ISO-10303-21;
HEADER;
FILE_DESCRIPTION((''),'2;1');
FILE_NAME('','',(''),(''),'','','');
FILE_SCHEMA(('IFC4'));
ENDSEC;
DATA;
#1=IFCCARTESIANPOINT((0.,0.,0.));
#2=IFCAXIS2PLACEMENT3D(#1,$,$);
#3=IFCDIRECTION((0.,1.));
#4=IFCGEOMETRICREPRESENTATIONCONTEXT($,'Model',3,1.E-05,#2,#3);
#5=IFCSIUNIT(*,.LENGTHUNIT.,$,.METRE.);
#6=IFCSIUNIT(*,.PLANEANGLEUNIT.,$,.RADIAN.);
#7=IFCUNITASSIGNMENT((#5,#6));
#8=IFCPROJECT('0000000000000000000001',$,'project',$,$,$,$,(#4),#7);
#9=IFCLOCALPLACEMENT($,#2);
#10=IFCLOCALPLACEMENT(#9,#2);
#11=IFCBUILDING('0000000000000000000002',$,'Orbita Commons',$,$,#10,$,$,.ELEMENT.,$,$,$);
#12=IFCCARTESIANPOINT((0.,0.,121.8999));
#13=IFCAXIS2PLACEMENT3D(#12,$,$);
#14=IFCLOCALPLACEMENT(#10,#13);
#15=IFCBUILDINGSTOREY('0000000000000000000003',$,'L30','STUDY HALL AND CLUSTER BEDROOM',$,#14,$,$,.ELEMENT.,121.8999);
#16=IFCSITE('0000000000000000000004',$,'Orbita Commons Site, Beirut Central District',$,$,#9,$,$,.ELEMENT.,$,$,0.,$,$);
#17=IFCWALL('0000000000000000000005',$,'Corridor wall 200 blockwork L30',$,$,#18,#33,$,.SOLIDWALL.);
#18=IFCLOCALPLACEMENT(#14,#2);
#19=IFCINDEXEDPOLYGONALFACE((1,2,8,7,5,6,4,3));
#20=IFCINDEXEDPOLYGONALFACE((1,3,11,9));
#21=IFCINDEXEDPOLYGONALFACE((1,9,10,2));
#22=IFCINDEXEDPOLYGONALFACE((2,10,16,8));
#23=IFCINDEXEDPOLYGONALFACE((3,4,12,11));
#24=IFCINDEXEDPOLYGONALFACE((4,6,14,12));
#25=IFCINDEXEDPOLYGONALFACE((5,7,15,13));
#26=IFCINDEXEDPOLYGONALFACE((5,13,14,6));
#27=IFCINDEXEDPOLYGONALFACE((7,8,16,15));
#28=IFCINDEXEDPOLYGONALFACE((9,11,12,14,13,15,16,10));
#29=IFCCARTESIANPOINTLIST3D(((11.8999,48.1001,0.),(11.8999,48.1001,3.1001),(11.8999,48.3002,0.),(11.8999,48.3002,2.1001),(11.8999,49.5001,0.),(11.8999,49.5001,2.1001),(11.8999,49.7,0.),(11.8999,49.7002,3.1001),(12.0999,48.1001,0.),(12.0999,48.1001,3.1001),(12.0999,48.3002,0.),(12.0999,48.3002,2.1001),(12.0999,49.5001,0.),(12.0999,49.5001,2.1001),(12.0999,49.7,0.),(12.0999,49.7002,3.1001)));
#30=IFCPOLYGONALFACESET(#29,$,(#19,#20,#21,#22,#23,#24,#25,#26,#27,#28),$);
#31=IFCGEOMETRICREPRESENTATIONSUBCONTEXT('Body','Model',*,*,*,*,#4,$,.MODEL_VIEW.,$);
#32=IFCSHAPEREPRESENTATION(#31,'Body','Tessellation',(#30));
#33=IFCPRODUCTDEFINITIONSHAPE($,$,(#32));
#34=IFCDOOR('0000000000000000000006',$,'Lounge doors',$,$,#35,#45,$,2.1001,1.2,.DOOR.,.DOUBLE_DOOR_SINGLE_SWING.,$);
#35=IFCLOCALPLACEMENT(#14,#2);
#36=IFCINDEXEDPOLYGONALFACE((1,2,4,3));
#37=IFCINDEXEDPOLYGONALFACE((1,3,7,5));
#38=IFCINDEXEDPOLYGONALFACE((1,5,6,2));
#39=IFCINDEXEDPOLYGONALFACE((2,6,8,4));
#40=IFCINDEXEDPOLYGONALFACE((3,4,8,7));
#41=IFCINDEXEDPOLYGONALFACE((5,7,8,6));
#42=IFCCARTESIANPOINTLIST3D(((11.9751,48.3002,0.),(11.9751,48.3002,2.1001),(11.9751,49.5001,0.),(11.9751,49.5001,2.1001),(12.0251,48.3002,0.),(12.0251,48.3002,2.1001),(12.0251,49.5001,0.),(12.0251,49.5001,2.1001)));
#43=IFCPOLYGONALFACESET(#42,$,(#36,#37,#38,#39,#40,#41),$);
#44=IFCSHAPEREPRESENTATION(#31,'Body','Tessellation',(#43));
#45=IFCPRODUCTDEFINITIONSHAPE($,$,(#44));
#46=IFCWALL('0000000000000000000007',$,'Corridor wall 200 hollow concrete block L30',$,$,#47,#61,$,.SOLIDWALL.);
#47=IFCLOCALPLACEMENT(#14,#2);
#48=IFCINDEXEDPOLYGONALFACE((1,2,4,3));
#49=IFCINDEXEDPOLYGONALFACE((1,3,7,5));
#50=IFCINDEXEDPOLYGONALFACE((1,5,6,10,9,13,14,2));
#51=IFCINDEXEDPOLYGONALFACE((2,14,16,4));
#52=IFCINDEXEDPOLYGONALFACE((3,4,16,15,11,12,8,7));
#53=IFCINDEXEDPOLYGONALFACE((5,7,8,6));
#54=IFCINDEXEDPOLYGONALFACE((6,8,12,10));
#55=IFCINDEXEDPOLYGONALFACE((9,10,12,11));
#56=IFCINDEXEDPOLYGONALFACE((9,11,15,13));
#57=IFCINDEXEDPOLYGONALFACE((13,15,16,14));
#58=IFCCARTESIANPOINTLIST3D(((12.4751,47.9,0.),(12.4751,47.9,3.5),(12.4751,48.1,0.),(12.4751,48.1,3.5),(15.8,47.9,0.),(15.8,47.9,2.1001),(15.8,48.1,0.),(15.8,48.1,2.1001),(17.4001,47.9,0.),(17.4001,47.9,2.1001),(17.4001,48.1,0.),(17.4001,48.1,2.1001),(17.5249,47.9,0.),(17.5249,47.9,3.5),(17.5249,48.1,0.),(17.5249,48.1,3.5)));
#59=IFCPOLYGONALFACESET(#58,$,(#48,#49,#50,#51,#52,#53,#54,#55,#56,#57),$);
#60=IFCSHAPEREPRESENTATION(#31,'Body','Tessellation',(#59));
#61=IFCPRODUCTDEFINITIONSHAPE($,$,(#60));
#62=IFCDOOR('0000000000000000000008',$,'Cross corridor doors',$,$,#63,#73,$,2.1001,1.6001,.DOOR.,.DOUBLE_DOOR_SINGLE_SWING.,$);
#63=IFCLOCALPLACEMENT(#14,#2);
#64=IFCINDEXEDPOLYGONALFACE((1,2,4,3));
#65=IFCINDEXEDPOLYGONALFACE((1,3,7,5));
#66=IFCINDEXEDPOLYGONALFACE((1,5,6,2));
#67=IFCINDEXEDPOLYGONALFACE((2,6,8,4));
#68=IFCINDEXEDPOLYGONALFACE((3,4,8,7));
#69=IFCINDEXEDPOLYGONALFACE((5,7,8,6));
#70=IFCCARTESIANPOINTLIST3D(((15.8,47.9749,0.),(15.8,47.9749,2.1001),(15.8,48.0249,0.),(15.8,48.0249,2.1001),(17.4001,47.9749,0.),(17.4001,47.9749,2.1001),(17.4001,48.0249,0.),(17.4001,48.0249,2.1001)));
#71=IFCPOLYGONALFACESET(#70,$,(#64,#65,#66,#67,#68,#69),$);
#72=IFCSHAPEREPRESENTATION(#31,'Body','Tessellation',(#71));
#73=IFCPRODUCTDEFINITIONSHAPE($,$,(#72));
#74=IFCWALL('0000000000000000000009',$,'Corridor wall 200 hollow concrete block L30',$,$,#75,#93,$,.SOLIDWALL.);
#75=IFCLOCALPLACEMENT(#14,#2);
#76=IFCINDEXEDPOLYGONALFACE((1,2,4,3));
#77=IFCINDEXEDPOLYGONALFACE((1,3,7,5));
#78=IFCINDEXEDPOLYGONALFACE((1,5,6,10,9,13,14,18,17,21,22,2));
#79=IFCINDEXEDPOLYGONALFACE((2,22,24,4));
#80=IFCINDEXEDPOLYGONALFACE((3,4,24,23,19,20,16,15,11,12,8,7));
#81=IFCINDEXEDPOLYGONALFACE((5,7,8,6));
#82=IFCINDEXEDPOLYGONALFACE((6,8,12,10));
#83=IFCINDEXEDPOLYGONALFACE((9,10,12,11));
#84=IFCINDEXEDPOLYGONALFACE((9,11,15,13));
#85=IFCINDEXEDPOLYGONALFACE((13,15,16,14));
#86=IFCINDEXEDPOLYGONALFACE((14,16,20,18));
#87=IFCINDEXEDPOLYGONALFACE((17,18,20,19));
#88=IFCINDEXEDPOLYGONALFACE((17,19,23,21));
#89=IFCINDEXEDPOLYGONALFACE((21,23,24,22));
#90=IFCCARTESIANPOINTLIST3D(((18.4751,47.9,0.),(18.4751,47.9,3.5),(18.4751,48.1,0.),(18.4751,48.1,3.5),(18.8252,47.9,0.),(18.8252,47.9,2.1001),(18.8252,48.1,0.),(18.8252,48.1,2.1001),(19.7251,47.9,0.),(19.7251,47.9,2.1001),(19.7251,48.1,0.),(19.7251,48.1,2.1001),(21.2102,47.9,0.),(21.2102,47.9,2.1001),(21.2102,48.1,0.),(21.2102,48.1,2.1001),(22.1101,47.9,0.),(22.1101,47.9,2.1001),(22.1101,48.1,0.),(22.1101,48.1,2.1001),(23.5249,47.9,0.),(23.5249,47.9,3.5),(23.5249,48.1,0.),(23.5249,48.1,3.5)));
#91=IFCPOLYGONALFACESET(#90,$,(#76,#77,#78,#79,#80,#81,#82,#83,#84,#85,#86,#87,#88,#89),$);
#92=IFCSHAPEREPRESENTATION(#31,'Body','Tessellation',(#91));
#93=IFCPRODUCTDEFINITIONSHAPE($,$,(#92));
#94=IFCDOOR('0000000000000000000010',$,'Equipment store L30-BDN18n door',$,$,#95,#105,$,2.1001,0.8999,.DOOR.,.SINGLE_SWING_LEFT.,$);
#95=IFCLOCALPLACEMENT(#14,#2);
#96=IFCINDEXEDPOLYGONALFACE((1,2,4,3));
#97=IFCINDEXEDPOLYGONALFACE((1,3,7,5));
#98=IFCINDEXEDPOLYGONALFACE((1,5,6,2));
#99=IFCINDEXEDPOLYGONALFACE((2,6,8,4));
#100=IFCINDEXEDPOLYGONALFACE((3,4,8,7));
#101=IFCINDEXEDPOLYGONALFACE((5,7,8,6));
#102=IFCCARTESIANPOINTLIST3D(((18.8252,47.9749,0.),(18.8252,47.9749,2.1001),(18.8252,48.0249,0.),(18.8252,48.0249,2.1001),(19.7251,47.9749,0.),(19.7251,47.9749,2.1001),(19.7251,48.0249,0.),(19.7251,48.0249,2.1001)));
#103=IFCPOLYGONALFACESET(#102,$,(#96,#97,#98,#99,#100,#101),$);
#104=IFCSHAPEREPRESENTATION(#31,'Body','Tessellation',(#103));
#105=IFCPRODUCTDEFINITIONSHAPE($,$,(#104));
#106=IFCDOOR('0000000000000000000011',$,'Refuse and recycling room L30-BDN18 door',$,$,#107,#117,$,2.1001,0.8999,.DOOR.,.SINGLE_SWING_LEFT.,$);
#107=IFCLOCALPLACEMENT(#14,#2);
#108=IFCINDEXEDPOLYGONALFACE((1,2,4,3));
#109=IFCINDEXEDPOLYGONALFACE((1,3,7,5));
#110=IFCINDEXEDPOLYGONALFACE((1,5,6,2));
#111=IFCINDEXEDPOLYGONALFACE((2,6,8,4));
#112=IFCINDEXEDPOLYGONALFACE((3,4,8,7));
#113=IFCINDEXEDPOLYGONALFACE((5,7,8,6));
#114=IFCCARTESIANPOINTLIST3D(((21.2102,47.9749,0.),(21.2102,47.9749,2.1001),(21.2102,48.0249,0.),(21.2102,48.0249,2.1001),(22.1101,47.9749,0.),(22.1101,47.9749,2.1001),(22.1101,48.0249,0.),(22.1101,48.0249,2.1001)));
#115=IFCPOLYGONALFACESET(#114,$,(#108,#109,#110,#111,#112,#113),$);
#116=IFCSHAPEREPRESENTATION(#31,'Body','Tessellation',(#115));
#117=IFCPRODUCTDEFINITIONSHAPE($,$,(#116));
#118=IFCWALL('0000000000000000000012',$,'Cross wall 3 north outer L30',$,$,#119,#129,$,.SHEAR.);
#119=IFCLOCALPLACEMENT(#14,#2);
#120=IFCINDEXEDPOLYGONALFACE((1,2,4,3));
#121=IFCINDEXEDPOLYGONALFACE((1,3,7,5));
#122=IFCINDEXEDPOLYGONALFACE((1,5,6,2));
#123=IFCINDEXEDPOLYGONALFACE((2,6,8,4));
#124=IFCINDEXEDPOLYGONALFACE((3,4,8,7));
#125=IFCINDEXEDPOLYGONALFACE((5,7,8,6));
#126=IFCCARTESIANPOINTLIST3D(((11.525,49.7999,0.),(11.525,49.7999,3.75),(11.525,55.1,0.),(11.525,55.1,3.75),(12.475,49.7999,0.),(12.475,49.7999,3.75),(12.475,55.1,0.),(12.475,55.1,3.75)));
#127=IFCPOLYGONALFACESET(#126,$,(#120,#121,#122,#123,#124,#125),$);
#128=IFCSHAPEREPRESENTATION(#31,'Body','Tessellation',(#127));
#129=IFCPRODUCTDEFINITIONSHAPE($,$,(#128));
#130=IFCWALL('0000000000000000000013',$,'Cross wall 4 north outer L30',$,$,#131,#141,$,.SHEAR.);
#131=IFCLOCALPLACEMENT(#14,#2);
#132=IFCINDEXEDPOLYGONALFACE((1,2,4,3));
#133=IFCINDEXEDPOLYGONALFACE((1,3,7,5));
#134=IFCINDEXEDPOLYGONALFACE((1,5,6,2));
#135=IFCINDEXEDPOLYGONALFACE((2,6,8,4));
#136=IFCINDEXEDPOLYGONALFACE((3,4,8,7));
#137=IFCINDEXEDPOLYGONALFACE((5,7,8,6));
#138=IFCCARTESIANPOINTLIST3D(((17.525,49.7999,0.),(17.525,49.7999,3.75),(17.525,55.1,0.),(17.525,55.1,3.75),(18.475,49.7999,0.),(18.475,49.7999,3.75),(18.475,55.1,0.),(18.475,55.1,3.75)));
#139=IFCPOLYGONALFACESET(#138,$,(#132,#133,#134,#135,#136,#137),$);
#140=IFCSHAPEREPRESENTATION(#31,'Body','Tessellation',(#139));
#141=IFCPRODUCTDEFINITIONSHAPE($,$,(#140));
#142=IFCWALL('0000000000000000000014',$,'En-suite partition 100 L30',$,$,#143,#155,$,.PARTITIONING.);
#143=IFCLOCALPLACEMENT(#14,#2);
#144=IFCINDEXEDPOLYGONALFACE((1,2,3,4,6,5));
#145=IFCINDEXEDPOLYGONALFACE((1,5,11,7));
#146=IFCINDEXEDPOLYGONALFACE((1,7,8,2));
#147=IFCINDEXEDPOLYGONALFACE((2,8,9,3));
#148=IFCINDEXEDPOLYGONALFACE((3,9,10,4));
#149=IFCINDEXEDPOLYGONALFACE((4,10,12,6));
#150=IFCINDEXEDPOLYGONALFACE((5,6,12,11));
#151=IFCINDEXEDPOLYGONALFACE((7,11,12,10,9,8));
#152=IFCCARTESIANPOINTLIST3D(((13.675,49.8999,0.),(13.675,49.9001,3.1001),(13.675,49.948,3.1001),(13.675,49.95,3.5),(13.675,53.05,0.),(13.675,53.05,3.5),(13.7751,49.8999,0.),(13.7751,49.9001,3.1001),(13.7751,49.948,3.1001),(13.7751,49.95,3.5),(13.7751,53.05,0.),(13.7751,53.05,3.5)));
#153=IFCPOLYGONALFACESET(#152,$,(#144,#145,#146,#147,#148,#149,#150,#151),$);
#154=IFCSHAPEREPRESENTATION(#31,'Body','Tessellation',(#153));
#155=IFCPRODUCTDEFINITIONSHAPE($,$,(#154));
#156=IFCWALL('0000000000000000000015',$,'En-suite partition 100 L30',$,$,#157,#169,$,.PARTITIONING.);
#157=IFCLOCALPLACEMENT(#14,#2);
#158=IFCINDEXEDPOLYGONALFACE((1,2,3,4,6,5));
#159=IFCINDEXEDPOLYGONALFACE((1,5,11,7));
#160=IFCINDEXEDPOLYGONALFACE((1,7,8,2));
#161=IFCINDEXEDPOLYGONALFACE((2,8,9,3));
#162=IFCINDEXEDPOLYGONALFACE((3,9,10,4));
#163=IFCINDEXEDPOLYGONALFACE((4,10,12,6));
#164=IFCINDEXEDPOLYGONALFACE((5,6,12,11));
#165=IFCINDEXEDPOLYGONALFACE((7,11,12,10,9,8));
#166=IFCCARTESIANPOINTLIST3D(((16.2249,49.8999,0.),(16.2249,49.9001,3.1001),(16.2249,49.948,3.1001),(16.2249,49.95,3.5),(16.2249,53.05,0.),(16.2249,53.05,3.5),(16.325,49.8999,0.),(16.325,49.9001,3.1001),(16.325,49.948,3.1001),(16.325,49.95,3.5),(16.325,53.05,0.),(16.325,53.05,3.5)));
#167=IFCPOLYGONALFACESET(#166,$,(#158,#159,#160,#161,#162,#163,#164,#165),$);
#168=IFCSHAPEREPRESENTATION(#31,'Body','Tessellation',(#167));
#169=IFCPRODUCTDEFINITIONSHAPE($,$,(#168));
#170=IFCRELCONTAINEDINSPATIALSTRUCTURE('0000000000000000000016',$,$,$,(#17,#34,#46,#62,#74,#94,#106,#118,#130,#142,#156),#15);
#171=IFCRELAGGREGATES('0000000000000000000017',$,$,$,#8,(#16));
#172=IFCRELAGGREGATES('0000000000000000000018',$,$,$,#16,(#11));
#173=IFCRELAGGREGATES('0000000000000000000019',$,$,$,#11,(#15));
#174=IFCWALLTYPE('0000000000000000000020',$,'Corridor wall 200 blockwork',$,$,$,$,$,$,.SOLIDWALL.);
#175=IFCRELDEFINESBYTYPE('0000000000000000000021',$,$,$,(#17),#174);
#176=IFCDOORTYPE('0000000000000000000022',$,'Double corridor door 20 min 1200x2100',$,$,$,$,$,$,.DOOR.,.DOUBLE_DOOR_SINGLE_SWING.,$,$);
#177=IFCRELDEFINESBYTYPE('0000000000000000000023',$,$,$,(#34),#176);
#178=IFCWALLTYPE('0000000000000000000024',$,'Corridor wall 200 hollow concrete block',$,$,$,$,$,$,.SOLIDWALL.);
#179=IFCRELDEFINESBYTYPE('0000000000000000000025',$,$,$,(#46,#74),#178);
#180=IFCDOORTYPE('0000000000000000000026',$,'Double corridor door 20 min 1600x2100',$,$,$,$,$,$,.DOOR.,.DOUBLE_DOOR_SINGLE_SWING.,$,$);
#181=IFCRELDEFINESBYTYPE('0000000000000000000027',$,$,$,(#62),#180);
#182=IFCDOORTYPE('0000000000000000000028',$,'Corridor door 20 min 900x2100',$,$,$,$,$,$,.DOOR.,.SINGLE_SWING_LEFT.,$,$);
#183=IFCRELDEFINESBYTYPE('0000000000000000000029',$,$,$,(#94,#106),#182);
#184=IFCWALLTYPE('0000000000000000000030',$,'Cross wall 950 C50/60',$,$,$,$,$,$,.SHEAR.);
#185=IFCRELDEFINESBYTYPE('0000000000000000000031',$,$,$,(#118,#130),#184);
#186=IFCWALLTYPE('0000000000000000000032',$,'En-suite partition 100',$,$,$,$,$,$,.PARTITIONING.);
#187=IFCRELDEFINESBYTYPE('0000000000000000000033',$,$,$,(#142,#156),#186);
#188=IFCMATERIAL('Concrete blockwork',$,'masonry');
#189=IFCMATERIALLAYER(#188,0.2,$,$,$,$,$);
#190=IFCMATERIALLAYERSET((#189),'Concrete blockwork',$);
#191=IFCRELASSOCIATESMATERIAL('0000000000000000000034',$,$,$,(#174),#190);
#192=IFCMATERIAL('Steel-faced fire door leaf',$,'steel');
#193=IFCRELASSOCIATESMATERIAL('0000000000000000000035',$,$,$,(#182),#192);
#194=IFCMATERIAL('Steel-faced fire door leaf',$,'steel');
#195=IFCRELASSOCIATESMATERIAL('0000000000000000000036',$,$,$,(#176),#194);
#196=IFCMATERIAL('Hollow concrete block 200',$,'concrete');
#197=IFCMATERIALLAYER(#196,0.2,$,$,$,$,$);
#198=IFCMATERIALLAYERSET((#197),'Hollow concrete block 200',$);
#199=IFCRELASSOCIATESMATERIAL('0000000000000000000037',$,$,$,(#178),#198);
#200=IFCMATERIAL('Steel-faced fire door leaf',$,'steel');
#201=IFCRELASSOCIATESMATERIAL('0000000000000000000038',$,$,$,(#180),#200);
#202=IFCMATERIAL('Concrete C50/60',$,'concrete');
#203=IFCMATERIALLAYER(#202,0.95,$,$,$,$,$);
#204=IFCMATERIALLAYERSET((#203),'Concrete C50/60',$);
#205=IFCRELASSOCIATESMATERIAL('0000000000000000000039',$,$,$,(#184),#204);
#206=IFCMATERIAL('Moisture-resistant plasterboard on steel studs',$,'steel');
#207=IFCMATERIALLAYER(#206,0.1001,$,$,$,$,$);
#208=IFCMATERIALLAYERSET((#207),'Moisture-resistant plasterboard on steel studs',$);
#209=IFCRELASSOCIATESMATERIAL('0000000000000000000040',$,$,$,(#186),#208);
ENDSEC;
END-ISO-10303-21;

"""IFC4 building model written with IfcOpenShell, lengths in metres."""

from ifc_helpers import new_model, si_unit, direction, frame, frame_2d, origin, place, context, subcontext, project, spatial, polyline, rectangle, outline, extrude, material, layer, layer_set, type_object, element, fill, save


model = new_model("IFC4")

# Units and contexts
model_context = context("Model", 3, precision=1e-05, world=origin(), true_north=direction((0.0, 1.0)))
body_context = subcontext(model_context, "Body", "Model", "MODEL_VIEW")
ifc_project = project(units=[si_unit("LENGTHUNIT", "METRE"), si_unit("PLANEANGLEUNIT", "RADIAN")], contexts=[model_context])

# Site, building, storey
site_placement = place(None, origin())
site = spatial("IfcSite", under=ifc_project, at=site_placement, Name="Orbita Commons Site, Beirut Central District", CompositionType="ELEMENT", RefElevation=0.0)
building_placement = place(site_placement, origin())
building = spatial("IfcBuilding", under=site, at=building_placement, Name="Orbita Commons", CompositionType="ELEMENT")
storey_placement = place(building_placement, frame((0.0, 0.0, 121.8999)))
storey = spatial("IfcBuildingStorey", under=building, at=storey_placement, Name="L30", Description="STUDY HALL AND CLUSTER BEDROOM", CompositionType="ELEMENT", Elevation=121.8999)

# Shared definitions
ifc_material_1 = material(Name="Concrete blockwork", Category="masonry")
ifc_layer_1 = layer(ifc_material_1, 0.2)
ifc_layer_set_1 = layer_set([ifc_layer_1], Name="Concrete blockwork")
wall_type_1 = type_object("IfcWallType", Name="Corridor wall 200 blockwork", PredefinedType="SOLIDWALL", material=ifc_layer_set_1)
ifc_material_2 = material(Name="Steel-faced fire door leaf", Category="steel")
door_type_1 = type_object("IfcDoorType", Name="Corridor door 20 min 900x2100", OperationType="SINGLE_SWING_LEFT", PredefinedType="DOOR", material=ifc_material_2)

# Walls, openings, doors
wall_1_placement = place(storey_placement, frame((12.0, 48.1001, 0.0), z_axis=(0.0, 0.0, 1.0), x_axis=(0.0, 1.0, 0.0)))
wall_1 = element("IfcWall", 1, at=wall_1_placement, inside=storey, type_object=wall_type_1, Name="Corridor wall 200 blockwork L30", PredefinedType="SOLIDWALL", context=body_context, shape_type="SweptSolid", body=[
    extrude(outline(polyline([(0.0, 0.0), (1.5999, 0.0), (1.6001, 3.1001), (0.0, 3.1001), (0.0, 0.0)])), frame((0.0, 0.1001, 0.0), z_axis=(0.0, -1.0, 0.0), x_axis=(1.0, 0.0, 0.0)), (0.0, 0.0, 1.0), 0.2),
])
opening_1_placement = place(wall_1_placement, frame((0.2, 0.0, 0.0)))
opening_1 = element("IfcOpeningElement", 2, at=opening_1_placement, cuts=wall_1, PredefinedType="OPENING", context=body_context, shape_type="SweptSolid", body=[
    extrude(rectangle(XDim=1.2, YDim=2.1001, at=frame_2d((0.6001, 1.05))), frame((0.0, 0.1099, 0.0), z_axis=(0.0, -1.0, 0.0), x_axis=(1.0, 0.0, 0.0)), (0.0, 0.0, 1.0), 0.22),
])
ifc_material_3 = material(Name="Steel-faced fire door leaf", Category="steel")
door_type_2 = type_object("IfcDoorType", Name="Double corridor door 20 min 1200x2100", OperationType="DOUBLE_DOOR_SINGLE_SWING", PredefinedType="DOOR", material=ifc_material_3)
door_1_placement = place(opening_1_placement, origin())
door_1 = element("IfcDoor", 3, at=door_1_placement, inside=storey, type_object=door_type_2, Name="Lounge doors", OperationType="DOUBLE_DOOR_SINGLE_SWING", OverallHeight=2.1001, OverallWidth=1.2, PredefinedType="DOOR", context=body_context, shape_type="SweptSolid", body=[
    extrude(rectangle(XDim=1.2, YDim=2.1001, at=frame_2d((0.6001, 1.05))), frame((0.0, 0.0249, 0.0), z_axis=(0.0, -1.0, 0.0), x_axis=(1.0, 0.0, 0.0)), (0.0, 0.0, 1.0), 0.05),
])
fill(opening_1, door_1)
ifc_material_4 = material(Name="Hollow concrete block 200", Category="concrete")
ifc_layer_2 = layer(ifc_material_4, 0.2)
ifc_layer_set_2 = layer_set([ifc_layer_2], Name="Hollow concrete block 200")
wall_type_2 = type_object("IfcWallType", Name="Corridor wall 200 hollow concrete block", PredefinedType="SOLIDWALL", material=ifc_layer_set_2)
wall_2_placement = place(storey_placement, frame((12.4751, 48.0, 0.0), z_axis=(0.0, 0.0, 1.0), x_axis=(1.0, 0.0, 0.0)))
wall_2 = element("IfcWall", 4, at=wall_2_placement, inside=storey, type_object=wall_type_2, Name="Corridor wall 200 hollow concrete block L30", PredefinedType="SOLIDWALL", context=body_context, shape_type="SweptSolid", body=[
    extrude(rectangle(XDim=5.0498, YDim=0.2, at=frame_2d((2.5249, 0.0))), origin(), (0.0, 0.0, 1.0), 3.5),
])
opening_2_placement = place(wall_2_placement, frame((3.325, 0.0, 0.0)))
opening_2 = element("IfcOpeningElement", 5, at=opening_2_placement, cuts=wall_2, PredefinedType="OPENING", context=body_context, shape_type="SweptSolid", body=[
    extrude(rectangle(XDim=1.6001, YDim=2.1001, at=frame_2d((0.8, 1.05))), frame((0.0, 0.1099, 0.0), z_axis=(0.0, -1.0, 0.0), x_axis=(1.0, 0.0, 0.0)), (0.0, 0.0, 1.0), 0.22),
])
ifc_material_5 = material(Name="Steel-faced fire door leaf", Category="steel")
door_type_3 = type_object("IfcDoorType", Name="Double corridor door 20 min 1600x2100", OperationType="DOUBLE_DOOR_SINGLE_SWING", PredefinedType="DOOR", material=ifc_material_5)
door_2_placement = place(opening_2_placement, origin())
door_2 = element("IfcDoor", 6, at=door_2_placement, inside=storey, type_object=door_type_3, Name="Cross corridor doors", OperationType="DOUBLE_DOOR_SINGLE_SWING", OverallHeight=2.1001, OverallWidth=1.6001, PredefinedType="DOOR", context=body_context, shape_type="SweptSolid", body=[
    extrude(rectangle(XDim=1.6001, YDim=2.1001, at=frame_2d((0.8, 1.05))), frame((0.0, 0.0249, 0.0), z_axis=(0.0, -1.0, 0.0), x_axis=(1.0, 0.0, 0.0)), (0.0, 0.0, 1.0), 0.05),
])
fill(opening_2, door_2)

# Wall, openings, doors
wall_3_placement = place(storey_placement, frame((18.4751, 48.0, 0.0), z_axis=(0.0, 0.0, 1.0), x_axis=(1.0, 0.0, 0.0)))
wall_3 = element("IfcWall", 7, at=wall_3_placement, inside=storey, type_object=wall_type_2, Name="Corridor wall 200 hollow concrete block L30", PredefinedType="SOLIDWALL", context=body_context, shape_type="SweptSolid", body=[
    extrude(rectangle(XDim=5.0498, YDim=0.2, at=frame_2d((2.5249, 0.0))), origin(), (0.0, 0.0, 1.0), 3.5),
])
opening_3_placement = place(wall_3_placement, frame((0.3501, 0.0, 0.0)))
opening_3 = element("IfcOpeningElement", 8, at=opening_3_placement, cuts=wall_3, PredefinedType="OPENING", context=body_context, shape_type="SweptSolid", body=[
    extrude(rectangle(XDim=0.8999, YDim=2.1001, at=frame_2d((0.45, 1.05))), frame((0.0, 0.1099, 0.0), z_axis=(0.0, -1.0, 0.0), x_axis=(1.0, 0.0, 0.0)), (0.0, 0.0, 1.0), 0.22),
])
opening_4_placement = place(wall_3_placement, frame((2.7351, 0.0, 0.0)))
opening_4 = element("IfcOpeningElement", 9, at=opening_4_placement, cuts=wall_3, PredefinedType="OPENING", context=body_context, shape_type="SweptSolid", body=[
    extrude(rectangle(XDim=0.8999, YDim=2.1001, at=frame_2d((0.45, 1.05))), frame((0.0, 0.1099, 0.0), z_axis=(0.0, -1.0, 0.0), x_axis=(1.0, 0.0, 0.0)), (0.0, 0.0, 1.0), 0.22),
])
door_3_placement = place(opening_3_placement, origin())
door_3 = element("IfcDoor", 10, at=door_3_placement, inside=storey, type_object=door_type_1, Name="Equipment store L30-BDN18n door", OperationType="SINGLE_SWING_LEFT", OverallHeight=2.1001, OverallWidth=0.8999, PredefinedType="DOOR", context=body_context, shape_type="SweptSolid", body=[
    extrude(rectangle(XDim=0.8999, YDim=2.1001, at=frame_2d((0.45, 1.05))), frame((0.0, 0.0249, 0.0), z_axis=(0.0, -1.0, 0.0), x_axis=(1.0, 0.0, 0.0)), (0.0, 0.0, 1.0), 0.05),
])
fill(opening_3, door_3)
door_4_placement = place(opening_4_placement, origin())
door_4 = element("IfcDoor", 11, at=door_4_placement, inside=storey, type_object=door_type_1, Name="Refuse and recycling room L30-BDN18 door", OperationType="SINGLE_SWING_LEFT", OverallHeight=2.1001, OverallWidth=0.8999, PredefinedType="DOOR", context=body_context, shape_type="SweptSolid", body=[
    extrude(rectangle(XDim=0.8999, YDim=2.1001, at=frame_2d((0.45, 1.05))), frame((0.0, 0.0249, 0.0), z_axis=(0.0, -1.0, 0.0), x_axis=(1.0, 0.0, 0.0)), (0.0, 0.0, 1.0), 0.05),
])
fill(opening_4, door_4)

# Walls
ifc_material_6 = material(Name="Concrete C50/60", Category="concrete")
ifc_layer_3 = layer(ifc_material_6, 0.95)
ifc_layer_set_3 = layer_set([ifc_layer_3], Name="Concrete C50/60")
wall_type_3 = type_object("IfcWallType", Name="Cross wall 950 C50/60", PredefinedType="SHEAR", material=ifc_layer_set_3)
for number, where, z_axis, x_axis, name in (
    (12, (12.0, 49.8, 0.0), (0.0, 0.0, 1.0), (0.0, 1.0, 0.0), "Cross wall 3 north outer L30"),
    (13, (18.0, 49.8, 0.0), (0.0, 0.0, 1.0), (0.0, 1.0, 0.0), "Cross wall 4 north outer L30"),
):
    element("IfcWall", number, at=place(storey_placement, frame(where, z_axis=z_axis, x_axis=x_axis)), inside=storey, type_object=wall_type_3, Name=name, PredefinedType="SHEAR", context=body_context, shape_type="SweptSolid", body=[
        extrude(rectangle(XDim=5.3, YDim=0.95, at=frame_2d((2.6499, 0.0))), origin(), (0.0, 0.0, 1.0), 3.75),
    ])
ifc_material_7 = material(Name="Moisture-resistant plasterboard on steel studs", Category="steel")
ifc_layer_4 = layer(ifc_material_7, 0.1001)
ifc_layer_set_4 = layer_set([ifc_layer_4], Name="Moisture-resistant plasterboard on steel studs")
wall_type_4 = type_object("IfcWallType", Name="En-suite partition 100", PredefinedType="PARTITIONING", material=ifc_layer_set_4)
for number, where, z_axis, x_axis, name in (
    (14, (13.7251, 53.05, 0.0), (0.0, 0.0, 1.0), (0.0, -1.0, 0.0), "En-suite partition 100 L30"),
    (15, (16.2749, 53.05, 0.0), (0.0, 0.0, 1.0), (0.0, -1.0, 0.0), "En-suite partition 100 L30"),
):
    element("IfcWall", number, at=place(storey_placement, frame(where, z_axis=z_axis, x_axis=x_axis)), inside=storey, type_object=wall_type_4, Name=name, PredefinedType="PARTITIONING", context=body_context, shape_type="SweptSolid", body=[
        extrude(outline(polyline([(0.0, 0.0), (3.1501, 0.0), (3.1499, 3.1001), (3.1021, 3.1001), (3.1001, 3.5), (0.0, 3.5), (0.0, 0.0)])), frame((0.0, 0.05, 0.0), z_axis=(0.0, -1.0, 0.0), x_axis=(1.0, 0.0, 0.0)), (0.0, 0.0, 1.0), 0.1001),
    ])

save(model, "model.ifc")
